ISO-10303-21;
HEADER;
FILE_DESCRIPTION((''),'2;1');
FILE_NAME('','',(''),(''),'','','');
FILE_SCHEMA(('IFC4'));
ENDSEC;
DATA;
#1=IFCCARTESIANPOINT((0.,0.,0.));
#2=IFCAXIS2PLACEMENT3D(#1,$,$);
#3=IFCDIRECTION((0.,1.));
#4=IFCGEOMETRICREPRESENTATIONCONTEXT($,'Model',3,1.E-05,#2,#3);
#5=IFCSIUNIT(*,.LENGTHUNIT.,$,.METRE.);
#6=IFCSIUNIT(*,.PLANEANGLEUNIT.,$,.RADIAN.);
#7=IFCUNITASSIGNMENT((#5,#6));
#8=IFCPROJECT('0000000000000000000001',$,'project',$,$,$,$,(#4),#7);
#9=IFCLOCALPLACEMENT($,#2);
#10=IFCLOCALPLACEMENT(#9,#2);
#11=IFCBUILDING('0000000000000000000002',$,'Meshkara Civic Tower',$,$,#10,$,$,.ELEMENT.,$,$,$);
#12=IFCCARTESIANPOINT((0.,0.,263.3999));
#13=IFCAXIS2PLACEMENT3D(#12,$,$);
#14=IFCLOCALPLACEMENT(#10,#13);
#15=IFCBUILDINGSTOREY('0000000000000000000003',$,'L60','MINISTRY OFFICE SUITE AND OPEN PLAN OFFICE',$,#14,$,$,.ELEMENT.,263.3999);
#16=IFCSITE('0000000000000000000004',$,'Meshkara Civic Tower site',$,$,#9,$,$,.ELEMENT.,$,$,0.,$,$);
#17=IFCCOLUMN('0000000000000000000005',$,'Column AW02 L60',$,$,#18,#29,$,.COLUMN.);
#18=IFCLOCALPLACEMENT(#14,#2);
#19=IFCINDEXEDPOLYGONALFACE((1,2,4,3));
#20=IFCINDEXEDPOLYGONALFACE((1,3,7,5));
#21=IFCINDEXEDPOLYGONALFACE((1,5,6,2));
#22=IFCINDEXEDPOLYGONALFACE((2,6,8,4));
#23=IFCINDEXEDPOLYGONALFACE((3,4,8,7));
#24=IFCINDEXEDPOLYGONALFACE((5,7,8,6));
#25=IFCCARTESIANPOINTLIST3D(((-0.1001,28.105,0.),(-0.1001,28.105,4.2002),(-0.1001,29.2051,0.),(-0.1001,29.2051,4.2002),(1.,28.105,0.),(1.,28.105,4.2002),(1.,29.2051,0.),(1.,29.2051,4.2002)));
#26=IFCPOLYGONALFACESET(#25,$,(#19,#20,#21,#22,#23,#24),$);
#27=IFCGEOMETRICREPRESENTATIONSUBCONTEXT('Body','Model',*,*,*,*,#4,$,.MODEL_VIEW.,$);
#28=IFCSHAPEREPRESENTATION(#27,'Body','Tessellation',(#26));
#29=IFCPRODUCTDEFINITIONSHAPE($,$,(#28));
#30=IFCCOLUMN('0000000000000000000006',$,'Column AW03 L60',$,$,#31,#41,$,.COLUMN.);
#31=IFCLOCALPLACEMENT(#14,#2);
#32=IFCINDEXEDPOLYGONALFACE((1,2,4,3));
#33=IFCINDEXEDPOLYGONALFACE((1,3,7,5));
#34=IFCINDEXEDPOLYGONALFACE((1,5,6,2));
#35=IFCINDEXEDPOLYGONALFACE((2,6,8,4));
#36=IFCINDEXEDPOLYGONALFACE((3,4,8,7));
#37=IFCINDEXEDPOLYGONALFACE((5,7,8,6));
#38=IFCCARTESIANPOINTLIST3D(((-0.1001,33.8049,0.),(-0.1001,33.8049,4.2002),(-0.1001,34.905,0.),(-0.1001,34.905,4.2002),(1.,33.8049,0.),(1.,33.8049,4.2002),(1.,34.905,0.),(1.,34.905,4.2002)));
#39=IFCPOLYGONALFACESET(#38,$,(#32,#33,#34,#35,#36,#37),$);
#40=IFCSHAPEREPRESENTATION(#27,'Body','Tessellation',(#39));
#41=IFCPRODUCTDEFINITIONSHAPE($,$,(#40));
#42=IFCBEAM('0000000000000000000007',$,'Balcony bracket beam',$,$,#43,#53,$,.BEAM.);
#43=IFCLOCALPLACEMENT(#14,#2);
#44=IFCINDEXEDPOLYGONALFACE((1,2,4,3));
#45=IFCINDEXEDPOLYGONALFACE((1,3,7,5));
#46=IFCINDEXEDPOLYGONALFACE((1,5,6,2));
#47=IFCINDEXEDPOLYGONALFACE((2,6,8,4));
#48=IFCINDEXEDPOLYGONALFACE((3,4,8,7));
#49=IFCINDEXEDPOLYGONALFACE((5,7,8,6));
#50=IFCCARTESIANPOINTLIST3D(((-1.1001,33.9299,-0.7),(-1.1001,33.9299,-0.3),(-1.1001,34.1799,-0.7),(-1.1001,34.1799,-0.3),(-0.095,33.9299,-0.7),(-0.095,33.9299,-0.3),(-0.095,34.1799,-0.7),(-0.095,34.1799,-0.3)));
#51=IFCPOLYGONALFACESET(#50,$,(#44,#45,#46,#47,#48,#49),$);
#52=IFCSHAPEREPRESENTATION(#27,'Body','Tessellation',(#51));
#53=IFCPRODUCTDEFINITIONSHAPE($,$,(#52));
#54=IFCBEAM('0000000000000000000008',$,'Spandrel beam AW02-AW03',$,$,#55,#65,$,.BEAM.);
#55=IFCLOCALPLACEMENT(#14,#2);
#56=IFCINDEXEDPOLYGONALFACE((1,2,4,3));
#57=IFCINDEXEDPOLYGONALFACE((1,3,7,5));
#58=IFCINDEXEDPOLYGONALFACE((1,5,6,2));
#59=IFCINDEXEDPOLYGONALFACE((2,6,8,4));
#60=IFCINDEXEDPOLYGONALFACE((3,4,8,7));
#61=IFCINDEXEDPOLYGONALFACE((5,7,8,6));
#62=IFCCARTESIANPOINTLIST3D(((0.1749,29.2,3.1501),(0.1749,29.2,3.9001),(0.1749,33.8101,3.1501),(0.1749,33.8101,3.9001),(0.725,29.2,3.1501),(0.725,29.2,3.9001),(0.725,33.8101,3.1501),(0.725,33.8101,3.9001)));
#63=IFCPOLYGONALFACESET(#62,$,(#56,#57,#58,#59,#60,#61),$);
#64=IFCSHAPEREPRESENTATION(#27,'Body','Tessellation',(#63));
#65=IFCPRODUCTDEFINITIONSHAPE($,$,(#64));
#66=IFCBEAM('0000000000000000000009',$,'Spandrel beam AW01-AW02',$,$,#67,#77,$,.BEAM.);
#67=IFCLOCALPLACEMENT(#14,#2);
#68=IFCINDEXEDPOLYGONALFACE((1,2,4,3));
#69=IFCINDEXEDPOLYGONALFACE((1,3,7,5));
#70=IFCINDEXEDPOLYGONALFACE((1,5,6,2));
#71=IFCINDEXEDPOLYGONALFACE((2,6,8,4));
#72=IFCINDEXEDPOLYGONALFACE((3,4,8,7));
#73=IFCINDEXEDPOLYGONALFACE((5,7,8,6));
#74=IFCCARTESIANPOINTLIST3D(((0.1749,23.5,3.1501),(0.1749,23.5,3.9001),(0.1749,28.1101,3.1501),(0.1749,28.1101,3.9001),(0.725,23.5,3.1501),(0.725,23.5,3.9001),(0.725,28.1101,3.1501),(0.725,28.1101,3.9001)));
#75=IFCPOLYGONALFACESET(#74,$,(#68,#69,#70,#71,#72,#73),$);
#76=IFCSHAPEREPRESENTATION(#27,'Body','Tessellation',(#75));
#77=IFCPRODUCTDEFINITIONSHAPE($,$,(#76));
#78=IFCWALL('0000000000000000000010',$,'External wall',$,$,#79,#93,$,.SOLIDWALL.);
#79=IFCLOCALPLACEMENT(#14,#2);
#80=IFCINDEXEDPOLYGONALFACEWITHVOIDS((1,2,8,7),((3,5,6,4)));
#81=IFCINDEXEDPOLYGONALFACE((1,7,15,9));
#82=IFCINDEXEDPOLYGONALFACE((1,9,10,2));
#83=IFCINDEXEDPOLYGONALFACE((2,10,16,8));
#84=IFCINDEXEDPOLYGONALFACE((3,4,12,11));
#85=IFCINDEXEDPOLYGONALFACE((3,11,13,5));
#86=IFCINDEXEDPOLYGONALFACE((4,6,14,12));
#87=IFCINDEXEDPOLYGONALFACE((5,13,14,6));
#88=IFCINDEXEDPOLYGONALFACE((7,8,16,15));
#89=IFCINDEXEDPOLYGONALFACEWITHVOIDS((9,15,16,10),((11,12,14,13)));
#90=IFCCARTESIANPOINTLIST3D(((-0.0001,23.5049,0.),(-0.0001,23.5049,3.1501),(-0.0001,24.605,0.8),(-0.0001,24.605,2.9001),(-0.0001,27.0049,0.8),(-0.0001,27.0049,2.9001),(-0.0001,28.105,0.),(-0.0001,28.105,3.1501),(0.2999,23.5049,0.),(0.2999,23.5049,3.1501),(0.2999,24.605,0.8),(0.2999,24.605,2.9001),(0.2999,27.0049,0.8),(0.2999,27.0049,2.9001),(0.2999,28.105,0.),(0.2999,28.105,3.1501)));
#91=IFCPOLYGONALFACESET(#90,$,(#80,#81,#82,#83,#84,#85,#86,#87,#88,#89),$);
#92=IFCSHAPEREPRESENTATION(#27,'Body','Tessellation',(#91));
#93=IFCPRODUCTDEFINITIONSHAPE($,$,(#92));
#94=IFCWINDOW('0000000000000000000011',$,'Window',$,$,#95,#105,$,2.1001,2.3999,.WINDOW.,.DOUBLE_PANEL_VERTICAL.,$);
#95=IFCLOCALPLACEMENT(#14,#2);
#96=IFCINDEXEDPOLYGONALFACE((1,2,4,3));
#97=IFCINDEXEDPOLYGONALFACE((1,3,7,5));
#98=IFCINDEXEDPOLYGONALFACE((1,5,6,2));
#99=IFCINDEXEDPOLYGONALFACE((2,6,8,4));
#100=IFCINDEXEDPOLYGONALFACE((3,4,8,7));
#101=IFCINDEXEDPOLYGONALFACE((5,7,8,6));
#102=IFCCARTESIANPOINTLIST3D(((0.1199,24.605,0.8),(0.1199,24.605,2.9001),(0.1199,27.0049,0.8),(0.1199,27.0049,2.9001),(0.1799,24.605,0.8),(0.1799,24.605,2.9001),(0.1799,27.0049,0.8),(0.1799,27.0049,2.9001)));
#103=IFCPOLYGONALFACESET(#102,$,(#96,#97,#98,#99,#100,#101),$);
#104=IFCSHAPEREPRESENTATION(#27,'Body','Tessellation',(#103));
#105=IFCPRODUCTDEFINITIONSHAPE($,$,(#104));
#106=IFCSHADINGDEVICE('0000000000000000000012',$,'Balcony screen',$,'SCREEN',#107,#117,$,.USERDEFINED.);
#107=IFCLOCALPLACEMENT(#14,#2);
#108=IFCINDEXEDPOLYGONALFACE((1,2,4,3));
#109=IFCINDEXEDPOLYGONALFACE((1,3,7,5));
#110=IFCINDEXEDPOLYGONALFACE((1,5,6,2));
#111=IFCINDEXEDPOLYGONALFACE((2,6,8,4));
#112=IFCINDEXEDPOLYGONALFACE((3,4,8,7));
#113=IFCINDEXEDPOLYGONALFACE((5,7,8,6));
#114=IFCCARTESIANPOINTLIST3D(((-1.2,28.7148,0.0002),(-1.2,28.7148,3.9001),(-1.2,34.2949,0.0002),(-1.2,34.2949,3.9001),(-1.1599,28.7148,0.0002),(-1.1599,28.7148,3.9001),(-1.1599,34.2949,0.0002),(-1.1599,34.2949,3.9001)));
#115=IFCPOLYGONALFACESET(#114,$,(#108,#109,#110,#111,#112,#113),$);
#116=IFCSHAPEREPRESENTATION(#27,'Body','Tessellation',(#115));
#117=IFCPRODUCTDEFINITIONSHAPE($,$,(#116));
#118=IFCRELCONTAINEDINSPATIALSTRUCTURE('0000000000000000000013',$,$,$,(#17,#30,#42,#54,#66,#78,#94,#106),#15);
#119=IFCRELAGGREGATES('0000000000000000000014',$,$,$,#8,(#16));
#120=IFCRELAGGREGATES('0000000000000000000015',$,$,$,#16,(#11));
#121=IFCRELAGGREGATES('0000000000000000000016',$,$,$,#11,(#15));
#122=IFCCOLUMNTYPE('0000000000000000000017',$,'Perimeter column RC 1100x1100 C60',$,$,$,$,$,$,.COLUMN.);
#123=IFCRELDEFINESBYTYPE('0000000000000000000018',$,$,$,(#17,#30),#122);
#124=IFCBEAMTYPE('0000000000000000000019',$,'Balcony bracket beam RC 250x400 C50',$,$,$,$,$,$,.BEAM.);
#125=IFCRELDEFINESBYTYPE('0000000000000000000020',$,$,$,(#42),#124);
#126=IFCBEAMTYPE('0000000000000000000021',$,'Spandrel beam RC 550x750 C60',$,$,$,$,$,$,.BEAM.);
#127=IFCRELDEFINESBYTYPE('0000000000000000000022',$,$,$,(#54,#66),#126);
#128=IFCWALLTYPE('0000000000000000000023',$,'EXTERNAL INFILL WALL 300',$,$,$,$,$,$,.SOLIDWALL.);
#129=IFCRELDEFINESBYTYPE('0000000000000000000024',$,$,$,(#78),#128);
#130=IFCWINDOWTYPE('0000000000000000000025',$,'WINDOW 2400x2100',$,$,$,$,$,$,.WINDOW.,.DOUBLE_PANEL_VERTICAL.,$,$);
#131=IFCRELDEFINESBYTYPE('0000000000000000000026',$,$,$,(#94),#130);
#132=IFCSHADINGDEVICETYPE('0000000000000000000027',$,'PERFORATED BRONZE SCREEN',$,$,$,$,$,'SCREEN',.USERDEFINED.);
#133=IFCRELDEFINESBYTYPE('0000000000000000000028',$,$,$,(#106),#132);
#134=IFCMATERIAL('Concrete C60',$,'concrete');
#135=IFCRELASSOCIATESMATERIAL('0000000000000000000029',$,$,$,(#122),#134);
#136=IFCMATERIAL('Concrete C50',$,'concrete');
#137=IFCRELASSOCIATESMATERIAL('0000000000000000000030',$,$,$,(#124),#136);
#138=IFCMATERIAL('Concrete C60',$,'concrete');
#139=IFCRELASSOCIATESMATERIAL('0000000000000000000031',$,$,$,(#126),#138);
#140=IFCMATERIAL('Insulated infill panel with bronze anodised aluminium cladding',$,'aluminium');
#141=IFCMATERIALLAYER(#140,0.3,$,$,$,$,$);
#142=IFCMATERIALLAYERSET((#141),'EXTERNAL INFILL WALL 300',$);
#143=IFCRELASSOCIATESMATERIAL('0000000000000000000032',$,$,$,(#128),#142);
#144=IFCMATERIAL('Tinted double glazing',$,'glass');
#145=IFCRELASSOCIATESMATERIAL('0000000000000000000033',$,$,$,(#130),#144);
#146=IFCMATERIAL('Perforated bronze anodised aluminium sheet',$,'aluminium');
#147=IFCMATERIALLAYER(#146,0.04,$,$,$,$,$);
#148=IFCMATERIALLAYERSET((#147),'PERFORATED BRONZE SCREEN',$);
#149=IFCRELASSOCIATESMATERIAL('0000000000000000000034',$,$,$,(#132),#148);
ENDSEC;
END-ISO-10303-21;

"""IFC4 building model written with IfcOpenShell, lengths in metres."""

from ifc_helpers import new_model, si_unit, direction, frame, frame_2d, origin, origin_2d, place, context, subcontext, project, spatial, rectangle, extrude, material, layer, layer_set, material_profile, profile_set, type_object, element, fill, save


model = new_model("IFC4")

# Units and contexts
model_context = context("Model", 3, precision=1e-05, world=origin(), true_north=direction((0.0, 1.0)))
body_context = subcontext(model_context, "Body", "Model", "MODEL_VIEW")
ifc_project = project(units=[si_unit("LENGTHUNIT", "METRE"), si_unit("PLANEANGLEUNIT", "RADIAN")], contexts=[model_context])

# Site, building, storey
site_placement = place(None, origin())
site = spatial("IfcSite", under=ifc_project, at=site_placement, Name="Meshkara Civic Tower site", CompositionType="ELEMENT", RefElevation=0.0)
building_placement = place(site_placement, origin())
building = spatial("IfcBuilding", under=site, at=building_placement, Name="Meshkara Civic Tower", CompositionType="ELEMENT")
storey_placement = place(building_placement, frame((0.0, 0.0, 263.3999)))
storey = spatial("IfcBuildingStorey", under=building, at=storey_placement, Name="L60", Description="MINISTRY OFFICE SUITE AND OPEN PLAN OFFICE", CompositionType="ELEMENT", Elevation=263.3999)

# Columns
ifc_material_1 = material(Name="Concrete C60", Category="concrete")
ifc_material_profile_1 = material_profile(ifc_material_1, rectangle(XDim=1.1001, YDim=1.1001, at=origin_2d()))
ifc_profile_set_1 = profile_set([ifc_material_profile_1], Name="Concrete C60")
column_type = type_object("IfcColumnType", Name="Perimeter column RC 1100x1100 C60", PredefinedType="COLUMN", material=ifc_profile_set_1)
for number, where, z_axis, x_axis, name in (
    (1, (0.45, 28.655, 0.0), (0.0, 0.0, 1.0), (1.0, 0.0, 0.0), "Column AW02 L60"),
    (2, (0.45, 34.355, 0.0), (0.0, 0.0, 1.0), (1.0, 0.0, 0.0), "Column AW03 L60"),
):
    element("IfcColumn", number, at=place(storey_placement, frame(where, z_axis=z_axis, x_axis=x_axis)), inside=storey, type_object=column_type, Name=name, PredefinedType="COLUMN", context=body_context, shape_type="SweptSolid", body=[
        extrude(rectangle(XDim=1.1001, YDim=1.1001, at=origin_2d()), origin(), (0.0, 0.0, 1.0), 4.2002),
    ])

# Beams
ifc_material_2 = material(Name="Concrete C50", Category="concrete")
ifc_material_profile_2 = material_profile(ifc_material_2, rectangle(XDim=0.25, YDim=0.3999, at=origin_2d()))
ifc_profile_set_2 = profile_set([ifc_material_profile_2], Name="Concrete C50")
beam_type_1 = type_object("IfcBeamType", Name="Balcony bracket beam RC 250x400 C50", PredefinedType="BEAM", material=ifc_profile_set_2)
beam_placement = place(storey_placement, frame((-0.095, 34.0549, -0.5), z_axis=(-1.0, 0.0, 0.0), x_axis=(0.0, -1.0, 0.0)))
element("IfcBeam", 3, at=beam_placement, inside=storey, type_object=beam_type_1, Name="Balcony bracket beam", PredefinedType="BEAM", context=body_context, shape_type="SweptSolid", body=[
    extrude(rectangle(XDim=0.25, YDim=0.3999, at=origin_2d()), origin(), (0.0, 0.0, 1.0), 1.0051),
])
ifc_material_3 = material(Name="Concrete C60", Category="concrete")
ifc_material_profile_3 = material_profile(ifc_material_3, rectangle(XDim=0.55, YDim=0.75, at=origin_2d()))
ifc_profile_set_3 = profile_set([ifc_material_profile_3], Name="Concrete C60")
beam_type_2 = type_object("IfcBeamType", Name="Spandrel beam RC 550x750 C60", PredefinedType="BEAM", material=ifc_profile_set_3)
for number, where, z_axis, x_axis, name in (
    (4, (0.45, 33.8101, 3.5251), (0.0, -1.0, 0.0), (1.0, 0.0, 0.0), "Spandrel beam AW02-AW03"),
    (5, (0.45, 28.1101, 3.5251), (0.0, -1.0, 0.0), (1.0, 0.0, 0.0), "Spandrel beam AW01-AW02"),
):
    element("IfcBeam", number, at=place(storey_placement, frame(where, z_axis=z_axis, x_axis=x_axis)), inside=storey, type_object=beam_type_2, Name=name, PredefinedType="BEAM", context=body_context, shape_type="SweptSolid", body=[
        extrude(rectangle(XDim=0.55, YDim=0.75, at=origin_2d()), origin(), (0.0, 0.0, 1.0), 4.6101),
    ])

# Wall, opening, window
ifc_material_4 = material(Name="Insulated infill panel with bronze anodised aluminium cladding", Category="aluminium")
ifc_layer_1 = layer(ifc_material_4, 0.3)
ifc_layer_set_1 = layer_set([ifc_layer_1], Name="EXTERNAL INFILL WALL 300")
wall_type_1 = type_object("IfcWallType", Name="EXTERNAL INFILL WALL 300", PredefinedType="SOLIDWALL", material=ifc_layer_set_1)
wall_1_placement = place(storey_placement, frame((0.1499, 28.105, 0.0), z_axis=(0.0, 0.0, 1.0), x_axis=(0.0, -1.0, 0.0)))
wall_1 = element("IfcWall", 6, at=wall_1_placement, inside=storey, type_object=wall_type_1, Name="External wall", PredefinedType="SOLIDWALL", context=body_context, shape_type="SweptSolid", body=[
    extrude(rectangle(XDim=4.6001, YDim=0.3, at=frame_2d((2.3, 0.0))), origin(), (0.0, 0.0, 1.0), 3.1501),
])
opening_1_placement = place(wall_1_placement, frame((1.1001, 0.0, 0.8)))
opening_1 = element("IfcOpeningElement", 7, at=opening_1_placement, cuts=wall_1, PredefinedType="OPENING", context=body_context, shape_type="SweptSolid", body=[
    extrude(rectangle(XDim=2.3999, YDim=2.1001, at=frame_2d((1.2, 1.05))), frame((0.0, 0.1599, 0.0), z_axis=(0.0, -1.0, 0.0), x_axis=(1.0, 0.0, 0.0)), (0.0, 0.0, 1.0), 0.3201),
])
ifc_material_5 = material(Name="Tinted double glazing", Category="glass")
window_type = type_object("IfcWindowType", Name="WINDOW 2400x2100", PartitioningType="DOUBLE_PANEL_VERTICAL", PredefinedType="WINDOW", material=ifc_material_5)
window_placement = place(opening_1_placement, origin())
window = element("IfcWindow", 8, at=window_placement, inside=storey, type_object=window_type, Name="Window", OverallHeight=2.1001, OverallWidth=2.3999, PartitioningType="DOUBLE_PANEL_VERTICAL", PredefinedType="WINDOW", context=body_context, shape_type="SweptSolid", body=[
    extrude(rectangle(XDim=2.3999, YDim=2.1001, at=frame_2d((1.2, 1.05))), frame((0.0, 0.03, 0.0), z_axis=(0.0, -1.0, 0.0), x_axis=(1.0, 0.0, 0.0)), (0.0, 0.0, 1.0), 0.0601),
])
fill(opening_1, window)

# Shading device
ifc_material_6 = material(Name="Perforated bronze anodised aluminium sheet", Category="aluminium")
ifc_layer_2 = layer(ifc_material_6, 0.04)
ifc_layer_set_2 = layer_set([ifc_layer_2], Name="PERFORATED BRONZE SCREEN")
shading_device_type = type_object("IfcShadingDeviceType", Name="PERFORATED BRONZE SCREEN", ElementType="SCREEN", PredefinedType="USERDEFINED", material=ifc_layer_set_2)
shading_device_placement = place(storey_placement, frame((-1.1799, 31.5049, 0.0002), z_axis=(0.0, 0.0, 1.0), x_axis=(0.0, -1.0, 0.0)))
element("IfcShadingDevice", 9, at=shading_device_placement, inside=storey, type_object=shading_device_type, Name="Balcony screen", ObjectType="SCREEN", PredefinedType="USERDEFINED", context=body_context, shape_type="SweptSolid", body=[
    extrude(rectangle(XDim=5.5801, YDim=0.04, at=origin_2d()), origin(), (0.0, 0.0, 1.0), 3.8999),
])

save(model, "model.ifc")
